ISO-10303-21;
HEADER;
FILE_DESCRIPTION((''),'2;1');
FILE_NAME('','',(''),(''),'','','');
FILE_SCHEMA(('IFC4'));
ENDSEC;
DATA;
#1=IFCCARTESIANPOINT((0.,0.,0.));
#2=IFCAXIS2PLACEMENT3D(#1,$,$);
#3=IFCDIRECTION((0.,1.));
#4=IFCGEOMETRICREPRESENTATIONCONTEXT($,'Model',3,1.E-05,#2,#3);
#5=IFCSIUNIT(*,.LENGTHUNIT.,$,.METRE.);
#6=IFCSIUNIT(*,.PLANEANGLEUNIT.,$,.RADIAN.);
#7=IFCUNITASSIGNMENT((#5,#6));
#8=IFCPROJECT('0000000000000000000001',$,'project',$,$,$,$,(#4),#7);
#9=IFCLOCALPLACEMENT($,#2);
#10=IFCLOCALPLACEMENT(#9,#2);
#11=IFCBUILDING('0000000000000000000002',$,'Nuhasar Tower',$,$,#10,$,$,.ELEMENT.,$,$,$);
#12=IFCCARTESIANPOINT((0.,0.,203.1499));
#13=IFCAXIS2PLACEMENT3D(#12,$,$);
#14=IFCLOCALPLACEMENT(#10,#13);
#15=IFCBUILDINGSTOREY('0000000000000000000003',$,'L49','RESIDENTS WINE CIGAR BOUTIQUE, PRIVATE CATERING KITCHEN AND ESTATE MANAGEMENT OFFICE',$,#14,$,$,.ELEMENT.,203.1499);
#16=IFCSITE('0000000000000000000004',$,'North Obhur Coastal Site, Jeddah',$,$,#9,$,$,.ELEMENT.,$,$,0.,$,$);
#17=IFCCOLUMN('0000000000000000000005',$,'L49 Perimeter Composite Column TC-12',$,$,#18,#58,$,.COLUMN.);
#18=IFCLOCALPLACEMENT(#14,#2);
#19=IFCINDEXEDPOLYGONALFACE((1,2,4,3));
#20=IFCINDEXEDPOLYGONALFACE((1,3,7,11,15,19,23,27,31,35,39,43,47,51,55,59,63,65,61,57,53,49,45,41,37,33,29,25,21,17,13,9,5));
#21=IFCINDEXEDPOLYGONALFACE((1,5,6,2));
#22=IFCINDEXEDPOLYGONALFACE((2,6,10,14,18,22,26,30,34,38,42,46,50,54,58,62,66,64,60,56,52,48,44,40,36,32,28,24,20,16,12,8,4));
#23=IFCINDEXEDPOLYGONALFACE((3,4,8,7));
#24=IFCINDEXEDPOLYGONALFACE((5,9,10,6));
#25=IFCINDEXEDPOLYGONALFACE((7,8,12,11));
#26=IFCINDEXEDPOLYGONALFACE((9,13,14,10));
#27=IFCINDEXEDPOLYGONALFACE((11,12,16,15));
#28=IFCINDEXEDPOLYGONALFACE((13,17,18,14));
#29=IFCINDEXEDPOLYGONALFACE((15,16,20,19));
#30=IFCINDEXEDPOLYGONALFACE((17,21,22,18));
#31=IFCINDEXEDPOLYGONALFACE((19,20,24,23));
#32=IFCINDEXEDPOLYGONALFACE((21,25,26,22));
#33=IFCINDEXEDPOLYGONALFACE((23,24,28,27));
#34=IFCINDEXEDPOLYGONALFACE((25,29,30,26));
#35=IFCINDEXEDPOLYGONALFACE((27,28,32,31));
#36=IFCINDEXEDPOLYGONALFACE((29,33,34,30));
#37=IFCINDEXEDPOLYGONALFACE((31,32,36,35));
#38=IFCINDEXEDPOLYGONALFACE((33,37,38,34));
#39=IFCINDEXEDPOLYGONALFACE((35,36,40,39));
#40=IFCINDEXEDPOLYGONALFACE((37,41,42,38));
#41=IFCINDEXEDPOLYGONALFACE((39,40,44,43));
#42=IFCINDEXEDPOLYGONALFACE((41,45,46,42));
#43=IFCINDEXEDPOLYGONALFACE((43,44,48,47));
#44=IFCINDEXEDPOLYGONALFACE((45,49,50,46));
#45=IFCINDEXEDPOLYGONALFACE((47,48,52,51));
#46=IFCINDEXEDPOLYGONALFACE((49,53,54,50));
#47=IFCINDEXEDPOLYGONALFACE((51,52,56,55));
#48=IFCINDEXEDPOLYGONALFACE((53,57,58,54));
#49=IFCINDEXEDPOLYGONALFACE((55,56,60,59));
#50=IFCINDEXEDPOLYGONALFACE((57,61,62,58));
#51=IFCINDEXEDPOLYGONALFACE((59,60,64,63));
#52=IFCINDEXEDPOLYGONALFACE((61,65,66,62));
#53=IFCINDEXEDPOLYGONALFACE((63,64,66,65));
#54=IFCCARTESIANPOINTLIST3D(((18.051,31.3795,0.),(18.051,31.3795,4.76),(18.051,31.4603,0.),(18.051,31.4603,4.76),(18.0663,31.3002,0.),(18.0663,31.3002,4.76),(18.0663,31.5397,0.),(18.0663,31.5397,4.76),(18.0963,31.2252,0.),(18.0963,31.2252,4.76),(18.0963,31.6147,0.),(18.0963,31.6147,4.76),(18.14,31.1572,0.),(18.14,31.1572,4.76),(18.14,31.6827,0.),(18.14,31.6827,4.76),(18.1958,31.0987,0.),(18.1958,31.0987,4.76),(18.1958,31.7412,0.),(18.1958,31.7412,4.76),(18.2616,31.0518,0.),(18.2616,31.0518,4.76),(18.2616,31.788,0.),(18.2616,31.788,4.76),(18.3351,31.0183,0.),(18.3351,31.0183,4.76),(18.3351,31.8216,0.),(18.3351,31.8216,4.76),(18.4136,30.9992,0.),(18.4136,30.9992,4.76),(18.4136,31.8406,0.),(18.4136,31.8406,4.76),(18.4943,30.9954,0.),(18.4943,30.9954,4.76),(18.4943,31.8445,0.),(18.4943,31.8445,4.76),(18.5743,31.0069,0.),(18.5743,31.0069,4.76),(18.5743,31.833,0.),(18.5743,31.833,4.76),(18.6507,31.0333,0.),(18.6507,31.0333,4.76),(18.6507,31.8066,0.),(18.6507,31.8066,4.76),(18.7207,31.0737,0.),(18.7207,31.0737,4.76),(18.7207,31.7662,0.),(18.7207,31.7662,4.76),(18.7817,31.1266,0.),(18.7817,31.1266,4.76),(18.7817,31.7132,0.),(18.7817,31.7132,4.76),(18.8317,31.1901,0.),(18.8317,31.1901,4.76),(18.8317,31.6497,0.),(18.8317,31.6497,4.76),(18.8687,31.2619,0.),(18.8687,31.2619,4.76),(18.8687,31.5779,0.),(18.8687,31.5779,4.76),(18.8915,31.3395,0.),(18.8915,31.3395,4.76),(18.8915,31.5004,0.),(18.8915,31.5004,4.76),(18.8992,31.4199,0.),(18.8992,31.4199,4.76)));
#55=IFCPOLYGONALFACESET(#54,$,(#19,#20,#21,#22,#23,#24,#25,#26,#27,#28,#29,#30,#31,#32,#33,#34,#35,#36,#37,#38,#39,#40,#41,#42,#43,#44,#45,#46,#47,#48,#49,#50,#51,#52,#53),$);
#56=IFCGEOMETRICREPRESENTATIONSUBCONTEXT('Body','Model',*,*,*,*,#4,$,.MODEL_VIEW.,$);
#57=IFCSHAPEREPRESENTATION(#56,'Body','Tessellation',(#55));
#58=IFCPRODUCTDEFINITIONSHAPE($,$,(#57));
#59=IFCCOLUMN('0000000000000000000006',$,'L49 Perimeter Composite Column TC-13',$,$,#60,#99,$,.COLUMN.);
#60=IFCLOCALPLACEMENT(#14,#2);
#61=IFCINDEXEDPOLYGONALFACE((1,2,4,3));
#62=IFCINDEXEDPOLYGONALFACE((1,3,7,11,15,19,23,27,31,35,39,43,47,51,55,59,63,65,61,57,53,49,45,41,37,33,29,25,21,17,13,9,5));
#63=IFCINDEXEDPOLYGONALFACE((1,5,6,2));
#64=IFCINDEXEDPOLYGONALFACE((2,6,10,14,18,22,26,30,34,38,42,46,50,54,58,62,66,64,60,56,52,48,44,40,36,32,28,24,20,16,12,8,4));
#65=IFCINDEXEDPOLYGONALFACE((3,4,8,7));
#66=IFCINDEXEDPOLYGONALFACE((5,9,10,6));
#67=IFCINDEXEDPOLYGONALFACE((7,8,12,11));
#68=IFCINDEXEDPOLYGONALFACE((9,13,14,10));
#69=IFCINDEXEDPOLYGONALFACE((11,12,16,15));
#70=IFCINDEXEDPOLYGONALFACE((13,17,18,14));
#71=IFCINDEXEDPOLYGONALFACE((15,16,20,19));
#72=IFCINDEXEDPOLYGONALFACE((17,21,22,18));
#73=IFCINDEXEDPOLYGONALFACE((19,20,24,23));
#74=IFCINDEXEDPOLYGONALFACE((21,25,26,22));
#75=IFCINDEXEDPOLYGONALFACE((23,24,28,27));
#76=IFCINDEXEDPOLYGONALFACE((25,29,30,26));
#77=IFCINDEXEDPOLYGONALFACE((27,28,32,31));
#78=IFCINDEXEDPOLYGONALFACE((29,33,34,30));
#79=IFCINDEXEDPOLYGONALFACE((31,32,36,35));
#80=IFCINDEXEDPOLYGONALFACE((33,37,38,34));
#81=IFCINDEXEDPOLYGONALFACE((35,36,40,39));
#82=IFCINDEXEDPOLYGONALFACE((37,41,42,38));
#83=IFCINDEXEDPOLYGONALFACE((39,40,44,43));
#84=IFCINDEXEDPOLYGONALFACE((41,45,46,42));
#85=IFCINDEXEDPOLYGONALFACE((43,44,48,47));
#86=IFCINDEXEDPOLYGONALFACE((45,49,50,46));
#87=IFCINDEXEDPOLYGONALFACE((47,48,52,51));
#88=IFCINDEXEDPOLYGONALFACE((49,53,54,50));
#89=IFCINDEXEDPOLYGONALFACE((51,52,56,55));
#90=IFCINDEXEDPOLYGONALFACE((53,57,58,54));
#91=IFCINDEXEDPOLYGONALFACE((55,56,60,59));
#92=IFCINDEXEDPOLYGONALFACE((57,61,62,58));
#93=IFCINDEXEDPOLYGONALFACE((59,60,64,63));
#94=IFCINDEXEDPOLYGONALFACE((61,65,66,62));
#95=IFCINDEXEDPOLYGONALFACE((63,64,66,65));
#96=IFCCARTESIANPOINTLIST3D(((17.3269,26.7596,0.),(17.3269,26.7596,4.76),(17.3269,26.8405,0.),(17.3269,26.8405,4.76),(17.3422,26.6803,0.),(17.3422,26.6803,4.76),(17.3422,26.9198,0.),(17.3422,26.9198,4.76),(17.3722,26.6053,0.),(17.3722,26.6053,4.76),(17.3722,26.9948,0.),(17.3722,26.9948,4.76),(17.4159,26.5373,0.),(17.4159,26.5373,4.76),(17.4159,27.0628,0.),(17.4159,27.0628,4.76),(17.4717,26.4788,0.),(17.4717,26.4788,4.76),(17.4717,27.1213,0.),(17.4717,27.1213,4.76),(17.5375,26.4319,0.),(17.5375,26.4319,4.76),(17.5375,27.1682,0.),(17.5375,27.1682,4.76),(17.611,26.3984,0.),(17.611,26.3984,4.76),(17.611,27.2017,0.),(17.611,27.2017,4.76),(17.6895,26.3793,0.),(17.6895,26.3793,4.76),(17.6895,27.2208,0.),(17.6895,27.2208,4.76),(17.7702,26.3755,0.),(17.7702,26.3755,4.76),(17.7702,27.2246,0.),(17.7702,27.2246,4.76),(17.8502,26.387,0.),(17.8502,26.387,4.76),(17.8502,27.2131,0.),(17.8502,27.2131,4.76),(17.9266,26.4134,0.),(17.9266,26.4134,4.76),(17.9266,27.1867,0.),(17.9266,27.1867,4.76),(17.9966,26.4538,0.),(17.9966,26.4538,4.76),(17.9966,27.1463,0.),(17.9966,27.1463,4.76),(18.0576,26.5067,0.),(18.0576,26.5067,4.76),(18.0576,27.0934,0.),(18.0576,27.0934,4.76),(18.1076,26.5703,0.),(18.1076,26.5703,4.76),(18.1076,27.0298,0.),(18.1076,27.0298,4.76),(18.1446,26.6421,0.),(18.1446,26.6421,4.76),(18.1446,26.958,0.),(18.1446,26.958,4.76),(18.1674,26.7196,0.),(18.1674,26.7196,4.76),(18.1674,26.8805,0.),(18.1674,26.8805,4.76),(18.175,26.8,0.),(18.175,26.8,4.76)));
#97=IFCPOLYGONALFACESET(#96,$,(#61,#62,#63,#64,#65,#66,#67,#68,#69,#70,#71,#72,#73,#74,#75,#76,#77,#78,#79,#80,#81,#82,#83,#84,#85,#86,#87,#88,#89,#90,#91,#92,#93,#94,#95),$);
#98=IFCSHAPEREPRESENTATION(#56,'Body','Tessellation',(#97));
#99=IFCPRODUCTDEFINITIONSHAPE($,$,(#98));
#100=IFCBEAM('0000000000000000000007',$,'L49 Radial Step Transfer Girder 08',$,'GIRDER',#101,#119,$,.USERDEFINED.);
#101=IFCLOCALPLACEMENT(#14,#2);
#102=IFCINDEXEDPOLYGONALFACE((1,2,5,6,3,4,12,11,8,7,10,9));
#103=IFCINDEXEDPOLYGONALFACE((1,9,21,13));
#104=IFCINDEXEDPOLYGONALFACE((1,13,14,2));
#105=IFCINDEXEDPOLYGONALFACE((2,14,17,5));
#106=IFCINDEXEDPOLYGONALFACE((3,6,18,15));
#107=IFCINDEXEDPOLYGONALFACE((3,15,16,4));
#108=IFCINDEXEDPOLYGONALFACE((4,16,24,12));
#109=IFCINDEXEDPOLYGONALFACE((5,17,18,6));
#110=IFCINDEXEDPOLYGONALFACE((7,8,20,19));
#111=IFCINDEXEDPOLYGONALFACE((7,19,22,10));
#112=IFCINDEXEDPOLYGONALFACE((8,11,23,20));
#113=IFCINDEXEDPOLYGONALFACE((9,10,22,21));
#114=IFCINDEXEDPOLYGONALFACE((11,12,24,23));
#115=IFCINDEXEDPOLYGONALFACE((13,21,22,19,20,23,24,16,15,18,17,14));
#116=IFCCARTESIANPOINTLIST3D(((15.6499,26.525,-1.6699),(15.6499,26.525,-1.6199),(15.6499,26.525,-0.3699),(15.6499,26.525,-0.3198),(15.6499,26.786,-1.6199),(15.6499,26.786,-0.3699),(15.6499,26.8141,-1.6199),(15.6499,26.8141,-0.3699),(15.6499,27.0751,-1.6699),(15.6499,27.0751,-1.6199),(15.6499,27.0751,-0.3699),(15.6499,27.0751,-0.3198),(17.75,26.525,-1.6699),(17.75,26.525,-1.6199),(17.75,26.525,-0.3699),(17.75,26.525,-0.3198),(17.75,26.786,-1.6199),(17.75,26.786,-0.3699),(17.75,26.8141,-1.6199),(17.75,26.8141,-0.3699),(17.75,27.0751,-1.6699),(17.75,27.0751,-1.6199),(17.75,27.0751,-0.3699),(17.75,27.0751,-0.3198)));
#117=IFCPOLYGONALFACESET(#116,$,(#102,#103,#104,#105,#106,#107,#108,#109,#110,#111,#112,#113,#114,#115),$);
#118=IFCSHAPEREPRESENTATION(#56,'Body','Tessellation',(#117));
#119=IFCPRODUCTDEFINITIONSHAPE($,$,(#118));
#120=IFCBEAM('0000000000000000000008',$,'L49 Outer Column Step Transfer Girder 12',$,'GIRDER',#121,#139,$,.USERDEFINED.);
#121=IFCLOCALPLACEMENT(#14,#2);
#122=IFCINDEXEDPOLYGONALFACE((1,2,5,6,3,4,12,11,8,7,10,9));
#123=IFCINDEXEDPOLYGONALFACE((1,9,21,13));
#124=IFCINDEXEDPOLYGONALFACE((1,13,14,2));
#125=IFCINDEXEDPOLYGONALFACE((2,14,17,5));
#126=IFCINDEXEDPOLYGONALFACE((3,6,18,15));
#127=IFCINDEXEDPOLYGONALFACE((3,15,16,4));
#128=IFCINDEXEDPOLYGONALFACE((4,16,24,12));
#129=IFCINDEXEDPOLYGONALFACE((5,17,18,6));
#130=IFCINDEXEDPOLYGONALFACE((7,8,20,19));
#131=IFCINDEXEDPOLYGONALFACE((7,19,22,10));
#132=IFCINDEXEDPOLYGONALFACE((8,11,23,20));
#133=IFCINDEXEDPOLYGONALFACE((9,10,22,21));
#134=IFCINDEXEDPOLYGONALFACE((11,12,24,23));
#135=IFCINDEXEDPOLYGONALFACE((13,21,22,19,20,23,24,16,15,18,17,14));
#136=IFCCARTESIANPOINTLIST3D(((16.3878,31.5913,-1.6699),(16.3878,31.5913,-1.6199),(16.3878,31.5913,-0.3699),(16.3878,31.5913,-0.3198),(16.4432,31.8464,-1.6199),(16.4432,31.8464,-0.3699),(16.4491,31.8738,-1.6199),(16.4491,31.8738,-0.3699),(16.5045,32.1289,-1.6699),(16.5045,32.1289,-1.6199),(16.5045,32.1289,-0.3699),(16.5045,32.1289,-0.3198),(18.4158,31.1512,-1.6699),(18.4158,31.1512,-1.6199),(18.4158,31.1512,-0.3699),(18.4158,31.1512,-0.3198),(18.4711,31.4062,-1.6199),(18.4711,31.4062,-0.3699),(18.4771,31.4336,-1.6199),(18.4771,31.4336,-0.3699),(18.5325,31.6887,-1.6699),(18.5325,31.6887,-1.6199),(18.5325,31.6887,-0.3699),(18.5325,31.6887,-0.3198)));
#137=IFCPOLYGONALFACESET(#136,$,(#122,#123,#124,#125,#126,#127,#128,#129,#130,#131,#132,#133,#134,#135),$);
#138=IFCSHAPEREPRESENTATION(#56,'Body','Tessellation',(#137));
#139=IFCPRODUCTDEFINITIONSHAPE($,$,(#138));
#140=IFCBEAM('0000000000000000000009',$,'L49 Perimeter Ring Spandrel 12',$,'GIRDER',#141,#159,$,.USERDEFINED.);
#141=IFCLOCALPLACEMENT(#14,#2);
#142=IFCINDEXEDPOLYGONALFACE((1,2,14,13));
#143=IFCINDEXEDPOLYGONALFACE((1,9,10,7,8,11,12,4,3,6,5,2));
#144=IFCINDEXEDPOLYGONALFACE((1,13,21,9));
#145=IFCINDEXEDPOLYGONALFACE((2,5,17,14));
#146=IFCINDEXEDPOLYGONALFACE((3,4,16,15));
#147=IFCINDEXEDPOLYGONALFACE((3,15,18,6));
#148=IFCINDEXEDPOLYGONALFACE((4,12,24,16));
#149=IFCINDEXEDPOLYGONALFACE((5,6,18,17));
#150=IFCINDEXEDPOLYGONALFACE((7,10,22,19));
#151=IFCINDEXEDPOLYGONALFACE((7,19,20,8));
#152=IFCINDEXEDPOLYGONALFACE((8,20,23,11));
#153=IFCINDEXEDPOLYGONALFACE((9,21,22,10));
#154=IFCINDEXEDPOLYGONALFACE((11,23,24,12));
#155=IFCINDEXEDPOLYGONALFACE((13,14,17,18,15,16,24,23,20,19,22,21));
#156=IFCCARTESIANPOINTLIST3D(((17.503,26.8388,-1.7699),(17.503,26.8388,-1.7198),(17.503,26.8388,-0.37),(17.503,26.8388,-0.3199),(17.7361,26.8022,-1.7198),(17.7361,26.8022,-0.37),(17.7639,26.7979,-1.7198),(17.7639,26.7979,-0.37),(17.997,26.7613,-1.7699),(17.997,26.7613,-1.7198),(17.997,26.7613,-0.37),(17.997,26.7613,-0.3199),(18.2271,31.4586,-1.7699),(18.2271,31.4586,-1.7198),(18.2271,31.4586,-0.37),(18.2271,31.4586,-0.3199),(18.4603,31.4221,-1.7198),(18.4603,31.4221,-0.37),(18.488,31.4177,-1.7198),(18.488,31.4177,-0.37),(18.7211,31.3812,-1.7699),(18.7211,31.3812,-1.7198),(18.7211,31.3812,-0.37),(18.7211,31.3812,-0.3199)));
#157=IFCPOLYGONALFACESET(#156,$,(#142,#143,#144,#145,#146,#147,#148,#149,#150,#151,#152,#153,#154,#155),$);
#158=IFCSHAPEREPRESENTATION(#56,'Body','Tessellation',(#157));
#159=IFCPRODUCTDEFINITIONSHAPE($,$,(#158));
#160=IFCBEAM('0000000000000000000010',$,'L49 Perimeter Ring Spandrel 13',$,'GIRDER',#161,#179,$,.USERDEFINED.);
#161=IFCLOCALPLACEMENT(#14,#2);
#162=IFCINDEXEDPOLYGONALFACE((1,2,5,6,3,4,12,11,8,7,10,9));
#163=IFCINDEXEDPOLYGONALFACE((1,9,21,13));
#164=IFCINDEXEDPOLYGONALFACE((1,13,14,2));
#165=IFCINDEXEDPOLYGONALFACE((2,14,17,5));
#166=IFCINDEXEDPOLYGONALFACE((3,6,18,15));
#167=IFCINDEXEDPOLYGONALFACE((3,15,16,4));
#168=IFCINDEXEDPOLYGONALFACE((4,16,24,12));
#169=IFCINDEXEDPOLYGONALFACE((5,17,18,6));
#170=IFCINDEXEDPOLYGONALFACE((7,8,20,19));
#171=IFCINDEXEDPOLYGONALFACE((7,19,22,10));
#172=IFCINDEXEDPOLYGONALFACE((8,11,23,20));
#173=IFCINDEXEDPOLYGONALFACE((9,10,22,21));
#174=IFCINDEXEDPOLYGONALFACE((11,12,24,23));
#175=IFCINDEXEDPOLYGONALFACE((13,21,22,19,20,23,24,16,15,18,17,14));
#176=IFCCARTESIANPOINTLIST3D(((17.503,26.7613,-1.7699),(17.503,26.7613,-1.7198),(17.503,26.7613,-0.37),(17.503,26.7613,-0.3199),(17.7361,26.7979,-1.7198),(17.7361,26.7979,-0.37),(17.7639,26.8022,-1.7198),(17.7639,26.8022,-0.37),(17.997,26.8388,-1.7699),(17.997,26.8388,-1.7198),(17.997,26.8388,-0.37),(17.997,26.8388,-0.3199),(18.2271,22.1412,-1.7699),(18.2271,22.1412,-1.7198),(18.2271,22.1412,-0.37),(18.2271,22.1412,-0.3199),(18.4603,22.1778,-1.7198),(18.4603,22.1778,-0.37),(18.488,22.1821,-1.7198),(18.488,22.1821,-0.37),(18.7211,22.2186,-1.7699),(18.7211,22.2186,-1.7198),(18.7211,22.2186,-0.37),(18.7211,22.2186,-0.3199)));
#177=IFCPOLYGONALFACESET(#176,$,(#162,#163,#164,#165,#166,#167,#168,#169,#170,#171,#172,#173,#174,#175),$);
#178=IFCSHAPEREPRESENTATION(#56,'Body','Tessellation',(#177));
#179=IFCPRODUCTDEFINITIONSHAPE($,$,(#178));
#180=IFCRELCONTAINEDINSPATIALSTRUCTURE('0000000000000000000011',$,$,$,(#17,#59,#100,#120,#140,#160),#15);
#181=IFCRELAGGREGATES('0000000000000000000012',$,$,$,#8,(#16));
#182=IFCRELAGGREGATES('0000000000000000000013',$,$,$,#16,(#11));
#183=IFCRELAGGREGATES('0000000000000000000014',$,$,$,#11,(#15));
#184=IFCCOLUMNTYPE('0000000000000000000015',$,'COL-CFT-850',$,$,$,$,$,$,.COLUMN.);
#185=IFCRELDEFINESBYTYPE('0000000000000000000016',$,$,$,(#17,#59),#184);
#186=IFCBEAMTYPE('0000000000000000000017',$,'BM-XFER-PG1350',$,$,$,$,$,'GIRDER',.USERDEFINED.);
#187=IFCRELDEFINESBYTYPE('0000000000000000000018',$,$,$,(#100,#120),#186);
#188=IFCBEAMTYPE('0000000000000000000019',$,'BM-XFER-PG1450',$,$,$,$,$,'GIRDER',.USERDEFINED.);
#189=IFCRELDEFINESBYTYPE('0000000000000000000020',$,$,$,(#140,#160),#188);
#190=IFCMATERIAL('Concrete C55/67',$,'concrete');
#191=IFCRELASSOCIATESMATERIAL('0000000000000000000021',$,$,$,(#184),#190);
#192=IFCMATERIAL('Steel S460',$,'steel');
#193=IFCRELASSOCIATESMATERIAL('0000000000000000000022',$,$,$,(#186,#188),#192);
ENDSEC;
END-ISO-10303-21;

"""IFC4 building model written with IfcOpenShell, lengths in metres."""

from ifc_helpers import new_model, si_unit, direction, frame, origin, origin_2d, place, context, subcontext, project, spatial, circle, i_section, extrude, material, material_profile, profile_set, type_object, element, save


model = new_model("IFC4")

# Units and contexts
model_context = context("Model", 3, precision=1e-05, world=origin(), true_north=direction((0.0, 1.0)))
body_context = subcontext(model_context, "Body", "Model", "MODEL_VIEW")
ifc_project = project(units=[si_unit("LENGTHUNIT", "METRE"), si_unit("PLANEANGLEUNIT", "RADIAN")], contexts=[model_context])

# Site, building, storey
site_placement = place(None, origin())
site = spatial("IfcSite", under=ifc_project, at=site_placement, Name="North Obhur Coastal Site, Jeddah", CompositionType="ELEMENT", RefElevation=0.0)
building_placement = place(site_placement, origin())
building = spatial("IfcBuilding", under=site, at=building_placement, Name="Nuhasar Tower", CompositionType="ELEMENT")
storey_placement = place(building_placement, frame((0.0, 0.0, 203.1499)))
storey = spatial("IfcBuildingStorey", under=building, at=storey_placement, Name="L49", Description="RESIDENTS WINE CIGAR BOUTIQUE, PRIVATE CATERING KITCHEN AND ESTATE MANAGEMENT OFFICE", CompositionType="ELEMENT", Elevation=203.1499)

# Columns
ifc_material_1 = material(Name="Concrete C55/67", Category="concrete")
ifc_material_profile_1 = material_profile(ifc_material_1, circle(Radius=0.425, at=origin_2d()), Name="CFT850")
ifc_profile_set_1 = profile_set([ifc_material_profile_1], Name="Concrete C55/67")
column_type = type_object("IfcColumnType", Name="COL-CFT-850", PredefinedType="COLUMN", material=ifc_profile_set_1)
for number, where, z_axis, x_axis, name in (
    (1, (18.4741, 31.4199, 0.0), (0.0, 0.0, 1.0), (1.0, 0.0, 0.0), "L49 Perimeter Composite Column TC-12"),
    (2, (17.75, 26.8, 0.0), (0.0, 0.0, 1.0), (1.0, 0.0, 0.0), "L49 Perimeter Composite Column TC-13"),
):
    element("IfcColumn", number, at=place(storey_placement, frame(where, z_axis=z_axis, x_axis=x_axis)), inside=storey, type_object=column_type, Name=name, PredefinedType="COLUMN", context=body_context, shape_type="SweptSolid", body=[
        extrude(circle(Radius=0.425, at=origin_2d()), origin(), (0.0, 0.0, 1.0), 4.76),
    ])

# Beams
ifc_material_2 = material(Name="Steel S460", Category="steel")
ifc_material_profile_2 = material_profile(ifc_material_2, i_section(OverallWidth=0.55, OverallDepth=1.3501, WebThickness=0.0281, FlangeThickness=0.05, at=origin_2d()), Name="PG1350X550")
ifc_profile_set_2 = profile_set([ifc_material_profile_2], Name="Steel S460")
beam_type_1 = type_object("IfcBeamType", Name="BM-XFER-PG1350", ElementType="GIRDER", PredefinedType="USERDEFINED", material=ifc_profile_set_2)
beam_1_placement = place(storey_placement, frame((17.75, 26.8, -0.9949), z_axis=(-1.0, 0.0, 0.0), x_axis=(0.0, -1.0, 0.0)))
element("IfcBeam", 3, at=beam_1_placement, inside=storey, type_object=beam_type_1, Name="L49 Radial Step Transfer Girder 08", ObjectType="GIRDER", PredefinedType="USERDEFINED", context=body_context, shape_type="SweptSolid", body=[
    extrude(i_section(OverallWidth=0.55, OverallDepth=1.3501, WebThickness=0.0281, FlangeThickness=0.05, at=origin_2d()), origin(), (0.0, 0.0, 1.0), 2.1001),
])
beam_2_placement = place(storey_placement, frame((18.4741, 31.4199, -0.9949), z_axis=(-0.977246, 0.212107, 0.0), x_axis=(-0.212107, -0.977246, 0.0)))
element("IfcBeam", 4, at=beam_2_placement, inside=storey, type_object=beam_type_1, Name="L49 Outer Column Step Transfer Girder 12", ObjectType="GIRDER", PredefinedType="USERDEFINED", context=body_context, shape_type="SweptSolid", body=[
    extrude(i_section(OverallWidth=0.55, OverallDepth=1.3501, WebThickness=0.0281, FlangeThickness=0.05, at=origin_2d()), origin(), (0.0, 0.0, 1.0), 2.0752),
])
ifc_material_profile_3 = material_profile(ifc_material_2, i_section(OverallWidth=0.5, OverallDepth=1.45, WebThickness=0.0281, FlangeThickness=0.05, at=origin_2d()), Name="PG1450X500")
ifc_profile_set_3 = profile_set([ifc_material_profile_3], Name="Steel S460")
beam_type_2 = type_object("IfcBeamType", Name="BM-XFER-PG1450", ElementType="GIRDER", PredefinedType="USERDEFINED", material=ifc_profile_set_3)
beam_3_placement = place(storey_placement, frame((18.4741, 31.4199, -1.0449), z_axis=(-0.15485, -0.987938, 0.0), x_axis=(0.987938, -0.15485, 0.0)))
element("IfcBeam", 5, at=beam_3_placement, inside=storey, type_object=beam_type_2, Name="L49 Perimeter Ring Spandrel 12", ObjectType="GIRDER", PredefinedType="USERDEFINED", context=body_context, shape_type="SweptSolid", body=[
    extrude(i_section(OverallWidth=0.5, OverallDepth=1.45, WebThickness=0.0281, FlangeThickness=0.05, at=origin_2d()), origin(), (0.0, 0.0, 1.0), 4.6763),
])
beam_4_placement = place(storey_placement, frame((17.75, 26.8, -1.0449), z_axis=(0.154842, -0.987939, 0.0), x_axis=(0.987939, 0.154842, 0.0)))
element("IfcBeam", 6, at=beam_4_placement, inside=storey, type_object=beam_type_2, Name="L49 Perimeter Ring Spandrel 13", ObjectType="GIRDER", PredefinedType="USERDEFINED", context=body_context, shape_type="SweptSolid", body=[
    extrude(i_section(OverallWidth=0.5, OverallDepth=1.45, WebThickness=0.0281, FlangeThickness=0.05, at=origin_2d()), origin(), (0.0, 0.0, 1.0), 4.6765),
])

save(model, "model.ifc")
